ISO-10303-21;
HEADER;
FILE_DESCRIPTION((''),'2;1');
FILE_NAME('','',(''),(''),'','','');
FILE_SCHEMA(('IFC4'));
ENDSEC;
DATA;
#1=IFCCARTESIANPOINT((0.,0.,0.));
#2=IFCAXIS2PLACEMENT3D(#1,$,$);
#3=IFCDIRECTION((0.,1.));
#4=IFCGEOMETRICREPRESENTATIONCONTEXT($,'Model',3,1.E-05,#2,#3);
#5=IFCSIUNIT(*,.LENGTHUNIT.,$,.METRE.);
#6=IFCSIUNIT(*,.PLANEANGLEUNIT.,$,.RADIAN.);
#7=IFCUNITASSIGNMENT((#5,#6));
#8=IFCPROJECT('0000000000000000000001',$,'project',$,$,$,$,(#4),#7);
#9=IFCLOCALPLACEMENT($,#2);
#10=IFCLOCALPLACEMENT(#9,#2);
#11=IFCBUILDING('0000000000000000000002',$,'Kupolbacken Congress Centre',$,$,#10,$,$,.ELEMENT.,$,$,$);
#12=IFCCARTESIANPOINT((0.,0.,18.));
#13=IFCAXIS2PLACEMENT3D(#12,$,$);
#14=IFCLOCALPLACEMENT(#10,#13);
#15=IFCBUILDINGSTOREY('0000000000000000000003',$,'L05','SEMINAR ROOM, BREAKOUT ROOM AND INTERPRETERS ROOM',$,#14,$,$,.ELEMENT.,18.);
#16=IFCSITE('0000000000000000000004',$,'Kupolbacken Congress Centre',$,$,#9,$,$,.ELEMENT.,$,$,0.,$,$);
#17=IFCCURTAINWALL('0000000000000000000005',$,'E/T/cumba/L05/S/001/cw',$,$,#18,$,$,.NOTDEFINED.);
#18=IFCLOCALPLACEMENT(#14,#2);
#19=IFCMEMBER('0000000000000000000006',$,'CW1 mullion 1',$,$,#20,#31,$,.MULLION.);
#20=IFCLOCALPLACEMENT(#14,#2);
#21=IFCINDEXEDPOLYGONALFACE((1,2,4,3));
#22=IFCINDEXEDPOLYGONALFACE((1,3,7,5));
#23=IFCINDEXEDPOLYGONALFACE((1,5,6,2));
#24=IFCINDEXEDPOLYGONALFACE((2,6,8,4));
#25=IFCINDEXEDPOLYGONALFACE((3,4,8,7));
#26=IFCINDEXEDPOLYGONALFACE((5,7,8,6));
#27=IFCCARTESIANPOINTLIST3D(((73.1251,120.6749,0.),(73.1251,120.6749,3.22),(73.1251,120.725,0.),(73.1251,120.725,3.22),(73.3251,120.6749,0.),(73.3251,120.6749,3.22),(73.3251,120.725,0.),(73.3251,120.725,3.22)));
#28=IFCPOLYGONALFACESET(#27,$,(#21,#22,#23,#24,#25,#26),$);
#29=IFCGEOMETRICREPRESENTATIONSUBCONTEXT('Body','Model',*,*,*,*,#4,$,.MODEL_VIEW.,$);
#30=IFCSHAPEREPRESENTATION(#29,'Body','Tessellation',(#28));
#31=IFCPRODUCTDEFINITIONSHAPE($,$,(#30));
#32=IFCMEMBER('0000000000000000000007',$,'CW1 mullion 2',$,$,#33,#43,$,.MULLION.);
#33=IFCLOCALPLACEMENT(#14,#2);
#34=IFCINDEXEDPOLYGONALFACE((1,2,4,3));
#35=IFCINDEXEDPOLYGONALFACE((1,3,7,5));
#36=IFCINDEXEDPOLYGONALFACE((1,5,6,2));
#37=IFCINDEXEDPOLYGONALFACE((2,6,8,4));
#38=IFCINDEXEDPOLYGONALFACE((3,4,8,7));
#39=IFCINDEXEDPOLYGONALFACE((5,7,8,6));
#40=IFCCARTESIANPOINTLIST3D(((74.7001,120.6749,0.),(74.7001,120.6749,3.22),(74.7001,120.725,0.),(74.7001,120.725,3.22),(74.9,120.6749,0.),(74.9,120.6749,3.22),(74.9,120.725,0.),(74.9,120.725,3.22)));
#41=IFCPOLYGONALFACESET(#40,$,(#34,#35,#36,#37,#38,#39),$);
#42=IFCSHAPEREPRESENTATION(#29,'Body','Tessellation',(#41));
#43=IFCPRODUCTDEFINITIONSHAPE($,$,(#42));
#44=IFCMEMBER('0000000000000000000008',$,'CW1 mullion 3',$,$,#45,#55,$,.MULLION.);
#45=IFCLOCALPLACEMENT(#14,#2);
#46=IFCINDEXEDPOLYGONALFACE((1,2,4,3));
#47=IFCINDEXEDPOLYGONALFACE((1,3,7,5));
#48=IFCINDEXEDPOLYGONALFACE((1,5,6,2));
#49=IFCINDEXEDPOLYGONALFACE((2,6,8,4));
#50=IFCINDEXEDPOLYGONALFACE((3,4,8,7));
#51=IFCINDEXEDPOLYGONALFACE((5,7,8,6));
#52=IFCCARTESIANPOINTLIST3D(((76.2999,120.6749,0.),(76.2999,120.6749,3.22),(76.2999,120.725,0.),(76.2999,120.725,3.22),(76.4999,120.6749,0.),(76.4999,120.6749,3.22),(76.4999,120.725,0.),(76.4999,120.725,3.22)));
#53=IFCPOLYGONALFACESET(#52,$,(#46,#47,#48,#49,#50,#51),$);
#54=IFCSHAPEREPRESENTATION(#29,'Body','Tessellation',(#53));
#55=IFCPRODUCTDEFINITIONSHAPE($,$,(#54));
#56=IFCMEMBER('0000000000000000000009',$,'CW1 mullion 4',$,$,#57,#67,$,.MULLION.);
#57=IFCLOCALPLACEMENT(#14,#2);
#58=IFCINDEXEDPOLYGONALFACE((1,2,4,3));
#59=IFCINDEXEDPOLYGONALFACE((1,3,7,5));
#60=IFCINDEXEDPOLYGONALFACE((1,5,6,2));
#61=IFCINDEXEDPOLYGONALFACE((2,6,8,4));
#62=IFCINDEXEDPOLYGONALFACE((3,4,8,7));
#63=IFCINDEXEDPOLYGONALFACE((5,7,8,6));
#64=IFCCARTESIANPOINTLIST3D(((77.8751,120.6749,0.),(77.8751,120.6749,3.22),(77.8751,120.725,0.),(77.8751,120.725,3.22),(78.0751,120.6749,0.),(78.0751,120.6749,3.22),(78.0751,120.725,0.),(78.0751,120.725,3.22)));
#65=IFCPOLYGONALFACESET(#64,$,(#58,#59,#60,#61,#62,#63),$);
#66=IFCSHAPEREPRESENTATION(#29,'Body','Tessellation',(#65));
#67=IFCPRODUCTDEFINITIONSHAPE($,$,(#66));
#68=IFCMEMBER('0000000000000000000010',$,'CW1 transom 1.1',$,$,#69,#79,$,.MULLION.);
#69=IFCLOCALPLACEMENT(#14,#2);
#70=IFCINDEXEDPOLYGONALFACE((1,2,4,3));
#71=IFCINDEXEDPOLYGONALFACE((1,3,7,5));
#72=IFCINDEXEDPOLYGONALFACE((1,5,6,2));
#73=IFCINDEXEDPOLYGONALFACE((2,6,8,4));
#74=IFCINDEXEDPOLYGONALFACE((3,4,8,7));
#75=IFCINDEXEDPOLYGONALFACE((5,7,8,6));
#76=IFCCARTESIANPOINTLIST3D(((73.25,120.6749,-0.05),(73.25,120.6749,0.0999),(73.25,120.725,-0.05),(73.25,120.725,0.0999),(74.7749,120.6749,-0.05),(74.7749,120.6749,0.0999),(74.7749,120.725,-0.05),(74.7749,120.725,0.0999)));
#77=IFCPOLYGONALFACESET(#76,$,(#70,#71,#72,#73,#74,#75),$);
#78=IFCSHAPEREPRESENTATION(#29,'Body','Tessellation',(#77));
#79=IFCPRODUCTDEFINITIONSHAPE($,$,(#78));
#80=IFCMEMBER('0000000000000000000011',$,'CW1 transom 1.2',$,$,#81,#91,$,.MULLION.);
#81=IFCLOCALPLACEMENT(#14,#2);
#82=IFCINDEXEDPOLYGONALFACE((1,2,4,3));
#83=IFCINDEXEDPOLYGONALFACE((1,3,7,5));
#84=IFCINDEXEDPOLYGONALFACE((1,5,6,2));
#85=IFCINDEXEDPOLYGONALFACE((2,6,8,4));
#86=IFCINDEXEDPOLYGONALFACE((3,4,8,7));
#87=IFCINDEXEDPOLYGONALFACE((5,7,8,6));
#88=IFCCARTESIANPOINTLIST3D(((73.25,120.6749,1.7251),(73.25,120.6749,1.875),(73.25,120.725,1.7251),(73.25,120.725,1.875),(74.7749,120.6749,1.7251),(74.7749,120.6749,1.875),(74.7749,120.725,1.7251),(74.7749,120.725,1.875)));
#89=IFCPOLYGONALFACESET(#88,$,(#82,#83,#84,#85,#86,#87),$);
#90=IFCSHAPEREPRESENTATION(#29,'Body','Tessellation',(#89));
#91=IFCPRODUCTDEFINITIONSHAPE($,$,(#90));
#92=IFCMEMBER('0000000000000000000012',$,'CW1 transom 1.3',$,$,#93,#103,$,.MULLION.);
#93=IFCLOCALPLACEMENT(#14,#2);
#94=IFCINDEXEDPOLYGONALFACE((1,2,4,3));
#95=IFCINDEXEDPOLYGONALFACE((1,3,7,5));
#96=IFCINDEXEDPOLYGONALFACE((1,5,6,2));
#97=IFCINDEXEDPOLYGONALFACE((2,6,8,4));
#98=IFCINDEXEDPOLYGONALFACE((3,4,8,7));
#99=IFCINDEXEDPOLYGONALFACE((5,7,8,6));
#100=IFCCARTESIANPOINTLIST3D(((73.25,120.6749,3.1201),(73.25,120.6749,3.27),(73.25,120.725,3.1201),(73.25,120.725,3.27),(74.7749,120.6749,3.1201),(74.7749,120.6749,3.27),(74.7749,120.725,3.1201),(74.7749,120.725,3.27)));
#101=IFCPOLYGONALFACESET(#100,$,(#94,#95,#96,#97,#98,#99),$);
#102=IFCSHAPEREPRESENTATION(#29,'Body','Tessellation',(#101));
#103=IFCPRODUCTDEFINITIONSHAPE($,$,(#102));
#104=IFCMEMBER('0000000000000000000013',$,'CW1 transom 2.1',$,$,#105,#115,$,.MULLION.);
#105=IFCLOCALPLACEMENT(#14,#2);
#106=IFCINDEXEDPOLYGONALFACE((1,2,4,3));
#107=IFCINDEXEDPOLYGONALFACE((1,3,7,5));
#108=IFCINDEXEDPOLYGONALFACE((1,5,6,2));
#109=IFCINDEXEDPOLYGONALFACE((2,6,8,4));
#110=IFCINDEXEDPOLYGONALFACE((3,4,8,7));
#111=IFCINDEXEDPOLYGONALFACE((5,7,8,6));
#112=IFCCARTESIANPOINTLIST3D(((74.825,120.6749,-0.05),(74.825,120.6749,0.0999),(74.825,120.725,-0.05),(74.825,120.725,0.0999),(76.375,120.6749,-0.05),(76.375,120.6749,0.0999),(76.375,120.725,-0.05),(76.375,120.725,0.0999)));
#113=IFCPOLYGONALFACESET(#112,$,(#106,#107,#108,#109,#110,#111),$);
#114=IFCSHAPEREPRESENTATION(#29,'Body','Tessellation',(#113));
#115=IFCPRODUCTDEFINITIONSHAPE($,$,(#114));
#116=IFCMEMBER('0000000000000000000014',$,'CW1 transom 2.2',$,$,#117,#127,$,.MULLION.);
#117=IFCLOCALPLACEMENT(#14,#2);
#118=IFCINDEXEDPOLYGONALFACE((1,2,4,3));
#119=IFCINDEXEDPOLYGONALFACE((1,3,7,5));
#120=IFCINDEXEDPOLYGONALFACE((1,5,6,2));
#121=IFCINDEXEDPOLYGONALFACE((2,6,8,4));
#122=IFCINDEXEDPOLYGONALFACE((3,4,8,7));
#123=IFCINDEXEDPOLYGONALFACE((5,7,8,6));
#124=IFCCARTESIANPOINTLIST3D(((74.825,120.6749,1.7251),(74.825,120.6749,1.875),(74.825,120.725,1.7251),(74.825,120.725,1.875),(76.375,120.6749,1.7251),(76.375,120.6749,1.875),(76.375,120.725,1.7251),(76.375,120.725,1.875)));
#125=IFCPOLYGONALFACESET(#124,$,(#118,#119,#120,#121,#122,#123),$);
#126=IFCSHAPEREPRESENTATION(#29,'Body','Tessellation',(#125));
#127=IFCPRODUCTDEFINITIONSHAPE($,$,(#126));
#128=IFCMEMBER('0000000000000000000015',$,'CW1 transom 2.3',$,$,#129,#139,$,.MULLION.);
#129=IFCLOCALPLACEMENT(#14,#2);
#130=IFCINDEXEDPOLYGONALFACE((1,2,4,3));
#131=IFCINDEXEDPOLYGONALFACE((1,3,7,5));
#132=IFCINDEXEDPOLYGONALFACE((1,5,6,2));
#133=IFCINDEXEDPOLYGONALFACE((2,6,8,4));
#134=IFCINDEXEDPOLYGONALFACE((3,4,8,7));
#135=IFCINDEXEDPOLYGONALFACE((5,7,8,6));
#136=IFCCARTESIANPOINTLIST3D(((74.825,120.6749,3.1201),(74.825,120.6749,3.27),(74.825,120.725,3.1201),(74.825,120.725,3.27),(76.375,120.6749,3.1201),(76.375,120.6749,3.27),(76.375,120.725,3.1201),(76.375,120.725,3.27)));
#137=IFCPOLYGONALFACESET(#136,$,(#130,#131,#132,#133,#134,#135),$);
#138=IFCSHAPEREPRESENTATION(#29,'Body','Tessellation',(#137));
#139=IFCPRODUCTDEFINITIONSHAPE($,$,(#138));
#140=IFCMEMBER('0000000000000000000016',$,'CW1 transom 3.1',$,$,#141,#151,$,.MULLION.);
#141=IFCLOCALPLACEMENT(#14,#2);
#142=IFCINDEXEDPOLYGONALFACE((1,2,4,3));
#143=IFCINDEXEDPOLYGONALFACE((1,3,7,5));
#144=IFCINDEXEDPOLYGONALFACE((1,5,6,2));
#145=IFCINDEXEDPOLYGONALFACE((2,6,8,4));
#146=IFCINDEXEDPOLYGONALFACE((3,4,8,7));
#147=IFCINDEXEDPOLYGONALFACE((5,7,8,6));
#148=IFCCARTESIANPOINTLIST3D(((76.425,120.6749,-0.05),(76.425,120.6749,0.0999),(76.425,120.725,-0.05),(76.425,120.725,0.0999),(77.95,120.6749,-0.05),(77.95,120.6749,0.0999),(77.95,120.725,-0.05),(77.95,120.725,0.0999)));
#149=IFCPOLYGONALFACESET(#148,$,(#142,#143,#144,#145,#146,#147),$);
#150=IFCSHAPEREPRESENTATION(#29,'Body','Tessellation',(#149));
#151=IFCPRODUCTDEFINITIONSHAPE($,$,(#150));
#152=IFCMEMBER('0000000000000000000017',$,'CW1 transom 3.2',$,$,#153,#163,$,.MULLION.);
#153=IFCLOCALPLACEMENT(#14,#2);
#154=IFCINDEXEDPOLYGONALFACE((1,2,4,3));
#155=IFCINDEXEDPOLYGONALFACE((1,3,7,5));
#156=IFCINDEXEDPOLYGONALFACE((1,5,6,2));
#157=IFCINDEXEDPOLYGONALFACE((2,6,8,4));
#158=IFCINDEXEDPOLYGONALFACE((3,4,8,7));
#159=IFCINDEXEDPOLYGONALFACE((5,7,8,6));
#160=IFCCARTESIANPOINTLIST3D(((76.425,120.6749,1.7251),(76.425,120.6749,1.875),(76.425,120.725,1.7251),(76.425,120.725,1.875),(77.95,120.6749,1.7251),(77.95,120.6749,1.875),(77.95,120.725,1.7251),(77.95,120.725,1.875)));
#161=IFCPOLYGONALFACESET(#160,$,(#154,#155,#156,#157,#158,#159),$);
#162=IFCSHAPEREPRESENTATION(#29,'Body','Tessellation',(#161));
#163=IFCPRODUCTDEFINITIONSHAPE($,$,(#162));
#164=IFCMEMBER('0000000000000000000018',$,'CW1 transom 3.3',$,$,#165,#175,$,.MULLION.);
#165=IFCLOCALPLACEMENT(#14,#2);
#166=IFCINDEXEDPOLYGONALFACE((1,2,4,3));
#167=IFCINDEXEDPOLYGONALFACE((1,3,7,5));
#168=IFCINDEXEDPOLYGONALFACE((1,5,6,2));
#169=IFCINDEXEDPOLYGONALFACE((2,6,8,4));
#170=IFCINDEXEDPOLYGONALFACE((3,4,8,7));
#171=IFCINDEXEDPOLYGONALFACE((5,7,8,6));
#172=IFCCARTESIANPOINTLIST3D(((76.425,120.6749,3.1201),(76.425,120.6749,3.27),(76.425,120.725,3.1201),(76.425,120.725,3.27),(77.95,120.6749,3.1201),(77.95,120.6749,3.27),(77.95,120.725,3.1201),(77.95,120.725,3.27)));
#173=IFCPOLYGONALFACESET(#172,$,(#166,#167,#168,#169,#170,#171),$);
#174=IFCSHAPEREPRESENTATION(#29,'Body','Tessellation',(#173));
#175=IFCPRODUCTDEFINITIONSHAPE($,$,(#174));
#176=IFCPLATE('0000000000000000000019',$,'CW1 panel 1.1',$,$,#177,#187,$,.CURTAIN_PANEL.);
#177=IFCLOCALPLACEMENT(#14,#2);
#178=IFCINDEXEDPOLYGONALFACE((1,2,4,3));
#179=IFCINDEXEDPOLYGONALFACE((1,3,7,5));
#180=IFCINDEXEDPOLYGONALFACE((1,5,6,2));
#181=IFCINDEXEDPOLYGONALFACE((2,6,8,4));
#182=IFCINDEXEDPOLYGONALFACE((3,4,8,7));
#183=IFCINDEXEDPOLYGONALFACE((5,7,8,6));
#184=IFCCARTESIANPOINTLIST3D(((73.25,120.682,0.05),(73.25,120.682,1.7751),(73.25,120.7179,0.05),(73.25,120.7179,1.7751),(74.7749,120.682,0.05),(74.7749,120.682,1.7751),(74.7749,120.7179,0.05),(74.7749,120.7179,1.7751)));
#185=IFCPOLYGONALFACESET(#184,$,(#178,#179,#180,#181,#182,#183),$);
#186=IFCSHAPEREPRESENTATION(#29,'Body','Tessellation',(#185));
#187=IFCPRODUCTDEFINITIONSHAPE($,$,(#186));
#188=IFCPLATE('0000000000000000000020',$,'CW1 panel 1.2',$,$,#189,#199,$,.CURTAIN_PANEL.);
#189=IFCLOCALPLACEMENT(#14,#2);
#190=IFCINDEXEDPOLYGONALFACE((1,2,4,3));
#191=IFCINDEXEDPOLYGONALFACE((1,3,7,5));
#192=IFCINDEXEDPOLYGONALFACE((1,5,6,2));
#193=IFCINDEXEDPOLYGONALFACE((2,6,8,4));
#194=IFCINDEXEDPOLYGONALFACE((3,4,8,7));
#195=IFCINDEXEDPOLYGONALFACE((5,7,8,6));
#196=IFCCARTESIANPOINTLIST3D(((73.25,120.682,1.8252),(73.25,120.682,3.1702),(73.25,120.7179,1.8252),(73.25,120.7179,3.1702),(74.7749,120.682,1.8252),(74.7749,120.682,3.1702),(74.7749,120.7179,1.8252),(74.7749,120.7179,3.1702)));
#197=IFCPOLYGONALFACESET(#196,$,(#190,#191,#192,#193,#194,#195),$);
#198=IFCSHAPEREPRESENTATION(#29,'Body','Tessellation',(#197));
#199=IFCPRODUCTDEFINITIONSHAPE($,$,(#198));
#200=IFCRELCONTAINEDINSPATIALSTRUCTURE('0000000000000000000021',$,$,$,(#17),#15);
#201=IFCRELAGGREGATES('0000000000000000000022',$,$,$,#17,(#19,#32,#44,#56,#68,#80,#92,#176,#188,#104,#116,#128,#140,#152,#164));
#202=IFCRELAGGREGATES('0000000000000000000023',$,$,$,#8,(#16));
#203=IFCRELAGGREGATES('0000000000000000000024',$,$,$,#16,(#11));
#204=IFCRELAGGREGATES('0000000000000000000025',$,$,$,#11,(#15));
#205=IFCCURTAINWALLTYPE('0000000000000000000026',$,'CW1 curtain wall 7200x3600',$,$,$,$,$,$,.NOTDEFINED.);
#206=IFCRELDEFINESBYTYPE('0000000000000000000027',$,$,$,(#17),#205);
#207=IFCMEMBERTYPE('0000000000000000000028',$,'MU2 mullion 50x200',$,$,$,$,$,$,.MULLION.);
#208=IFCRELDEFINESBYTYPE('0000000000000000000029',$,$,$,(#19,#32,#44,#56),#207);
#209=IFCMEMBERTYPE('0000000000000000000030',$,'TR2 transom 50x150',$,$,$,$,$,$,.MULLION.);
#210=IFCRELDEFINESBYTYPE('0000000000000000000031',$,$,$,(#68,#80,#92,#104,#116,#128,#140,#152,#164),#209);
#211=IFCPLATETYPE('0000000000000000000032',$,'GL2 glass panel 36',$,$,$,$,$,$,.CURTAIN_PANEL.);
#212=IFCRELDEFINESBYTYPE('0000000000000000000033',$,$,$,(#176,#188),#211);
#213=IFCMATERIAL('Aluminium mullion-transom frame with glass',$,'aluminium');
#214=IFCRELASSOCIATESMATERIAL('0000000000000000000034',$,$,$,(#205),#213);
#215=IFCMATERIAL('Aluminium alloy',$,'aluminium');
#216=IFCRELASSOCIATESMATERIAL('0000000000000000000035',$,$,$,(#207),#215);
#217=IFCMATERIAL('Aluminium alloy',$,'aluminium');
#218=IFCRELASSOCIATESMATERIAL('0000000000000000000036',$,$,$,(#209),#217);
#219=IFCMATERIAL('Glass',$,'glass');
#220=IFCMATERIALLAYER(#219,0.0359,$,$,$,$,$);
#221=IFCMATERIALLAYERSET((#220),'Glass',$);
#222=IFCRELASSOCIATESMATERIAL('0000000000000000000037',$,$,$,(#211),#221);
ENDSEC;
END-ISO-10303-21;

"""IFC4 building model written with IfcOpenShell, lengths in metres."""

from ifc_helpers import new_model, si_unit, direction, frame, origin, origin_2d, place, context, subcontext, project, spatial, rectangle, extrude, material, layer, layer_set, material_profile, profile_set, type_object, element, aggregate, save


model = new_model("IFC4")

# Units and contexts
model_context = context("Model", 3, precision=1e-05, world=origin(), true_north=direction((0.0, 1.0)))
body_context = subcontext(model_context, "Body", "Model", "MODEL_VIEW")
ifc_project = project(units=[si_unit("LENGTHUNIT", "METRE"), si_unit("PLANEANGLEUNIT", "RADIAN")], contexts=[model_context])

# Site, building, storey
site_placement = place(None, origin())
site = spatial("IfcSite", under=ifc_project, at=site_placement, Name="Kupolbacken Congress Centre", CompositionType="ELEMENT", RefElevation=0.0)
building_placement = place(site_placement, origin())
building = spatial("IfcBuilding", under=site, at=building_placement, Name="Kupolbacken Congress Centre", CompositionType="ELEMENT")
storey_placement = place(building_placement, frame((0.0, 0.0, 18.0)))
storey = spatial("IfcBuildingStorey", under=building, at=storey_placement, Name="L05", Description="SEMINAR ROOM, BREAKOUT ROOM AND INTERPRETERS ROOM", CompositionType="ELEMENT", Elevation=18.0)

# Curtain wall, members, plates
ifc_material_1 = material(Name="Aluminium mullion-transom frame with glass", Category="aluminium")
curtain_wall_type = type_object("IfcCurtainWallType", Name="CW1 curtain wall 7200x3600", PredefinedType="NOTDEFINED", material=ifc_material_1)
curtain_wall_placement = place(storey_placement, origin())
curtain_wall = element("IfcCurtainWall", 1, at=curtain_wall_placement, inside=storey, type_object=curtain_wall_type, Name="E/T/cumba/L05/S/001/cw", PredefinedType="NOTDEFINED")
ifc_material_2 = material(Name="Aluminium alloy", Category="aluminium")
ifc_material_profile_1 = material_profile(ifc_material_2, rectangle(XDim=0.05, YDim=0.2, at=origin_2d()), Name="50 x 200")
ifc_profile_set_1 = profile_set([ifc_material_profile_1], Name="Aluminium alloy")
member_type_1 = type_object("IfcMemberType", Name="MU2 mullion 50x200", PredefinedType="MULLION", material=ifc_profile_set_1)
member_1_placement = place(storey_placement, frame((73.2251, 120.7, 0.0), z_axis=(0.0, 0.0, 1.0), x_axis=(0.0, 1.0, 0.0)))
member_1 = element("IfcMember", 2, at=member_1_placement, type_object=member_type_1, Name="CW1 mullion 1", PredefinedType="MULLION", context=body_context, shape_type="SweptSolid", body=[
    extrude(rectangle(XDim=0.05, YDim=0.2, at=origin_2d()), origin(), (0.0, 0.0, 1.0), 3.22),
])
member_2_placement = place(storey_placement, frame((74.8, 120.7, 0.0), z_axis=(0.0, 0.0, 1.0), x_axis=(0.0, 1.0, 0.0)))
member_2 = element("IfcMember", 3, at=member_2_placement, type_object=member_type_1, Name="CW1 mullion 2", PredefinedType="MULLION", context=body_context, shape_type="SweptSolid", body=[
    extrude(rectangle(XDim=0.05, YDim=0.2, at=origin_2d()), origin(), (0.0, 0.0, 1.0), 3.22),
])
member_3_placement = place(storey_placement, frame((76.3999, 120.7, 0.0), z_axis=(0.0, 0.0, 1.0), x_axis=(0.0, 1.0, 0.0)))
member_3 = element("IfcMember", 4, at=member_3_placement, type_object=member_type_1, Name="CW1 mullion 3", PredefinedType="MULLION", context=body_context, shape_type="SweptSolid", body=[
    extrude(rectangle(XDim=0.05, YDim=0.2, at=origin_2d()), origin(), (0.0, 0.0, 1.0), 3.22),
])
member_4_placement = place(storey_placement, frame((77.9751, 120.7, 0.0), z_axis=(0.0, 0.0, 1.0), x_axis=(0.0, 1.0, 0.0)))
member_4 = element("IfcMember", 5, at=member_4_placement, type_object=member_type_1, Name="CW1 mullion 4", PredefinedType="MULLION", context=body_context, shape_type="SweptSolid", body=[
    extrude(rectangle(XDim=0.05, YDim=0.2, at=origin_2d()), origin(), (0.0, 0.0, 1.0), 3.22),
])
ifc_material_3 = material(Name="Aluminium alloy", Category="aluminium")
ifc_material_profile_2 = material_profile(ifc_material_3, rectangle(XDim=0.05, YDim=0.1499, at=origin_2d()), Name="50 x 150")
ifc_profile_set_2 = profile_set([ifc_material_profile_2], Name="Aluminium alloy")
member_type_2 = type_object("IfcMemberType", Name="TR2 transom 50x150", PredefinedType="MULLION", material=ifc_profile_set_2)
member_5_placement = place(storey_placement, frame((73.25, 120.7, 0.0249), z_axis=(1.0, 0.0, 0.0), x_axis=(0.0, 1.0, 0.0)))
member_5 = element("IfcMember", 6, at=member_5_placement, type_object=member_type_2, Name="CW1 transom 1.1", PredefinedType="MULLION", context=body_context, shape_type="SweptSolid", body=[
    extrude(rectangle(XDim=0.05, YDim=0.1499, at=origin_2d()), origin(), (0.0, 0.0, 1.0), 1.5249),
])
member_6_placement = place(storey_placement, frame((73.25, 120.7, 1.8), z_axis=(1.0, 0.0, 0.0), x_axis=(0.0, 1.0, 0.0)))
member_6 = element("IfcMember", 7, at=member_6_placement, type_object=member_type_2, Name="CW1 transom 1.2", PredefinedType="MULLION", context=body_context, shape_type="SweptSolid", body=[
    extrude(rectangle(XDim=0.05, YDim=0.1499, at=origin_2d()), origin(), (0.0, 0.0, 1.0), 1.5249),
])
member_7_placement = place(storey_placement, frame((73.25, 120.7, 3.1951), z_axis=(1.0, 0.0, 0.0), x_axis=(0.0, 1.0, 0.0)))
member_7 = element("IfcMember", 8, at=member_7_placement, type_object=member_type_2, Name="CW1 transom 1.3", PredefinedType="MULLION", context=body_context, shape_type="SweptSolid", body=[
    extrude(rectangle(XDim=0.05, YDim=0.1499, at=origin_2d()), origin(), (0.0, 0.0, 1.0), 1.5249),
])
member_8_placement = place(storey_placement, frame((74.825, 120.7, 0.0249), z_axis=(1.0, 0.0, 0.0), x_axis=(0.0, 1.0, 0.0)))
member_8 = element("IfcMember", 9, at=member_8_placement, type_object=member_type_2, Name="CW1 transom 2.1", PredefinedType="MULLION", context=body_context, shape_type="SweptSolid", body=[
    extrude(rectangle(XDim=0.05, YDim=0.1499, at=origin_2d()), origin(), (0.0, 0.0, 1.0), 1.55),
])
member_9_placement = place(storey_placement, frame((74.825, 120.7, 1.8), z_axis=(1.0, 0.0, 0.0), x_axis=(0.0, 1.0, 0.0)))
member_9 = element("IfcMember", 10, at=member_9_placement, type_object=member_type_2, Name="CW1 transom 2.2", PredefinedType="MULLION", context=body_context, shape_type="SweptSolid", body=[
    extrude(rectangle(XDim=0.05, YDim=0.1499, at=origin_2d()), origin(), (0.0, 0.0, 1.0), 1.55),
])
member_10_placement = place(storey_placement, frame((74.825, 120.7, 3.1951), z_axis=(1.0, 0.0, 0.0), x_axis=(0.0, 1.0, 0.0)))
member_10 = element("IfcMember", 11, at=member_10_placement, type_object=member_type_2, Name="CW1 transom 2.3", PredefinedType="MULLION", context=body_context, shape_type="SweptSolid", body=[
    extrude(rectangle(XDim=0.05, YDim=0.1499, at=origin_2d()), origin(), (0.0, 0.0, 1.0), 1.55),
])
member_11_placement = place(storey_placement, frame((76.425, 120.7, 0.0249), z_axis=(1.0, 0.0, 0.0), x_axis=(0.0, 1.0, 0.0)))
member_11 = element("IfcMember", 12, at=member_11_placement, type_object=member_type_2, Name="CW1 transom 3.1", PredefinedType="MULLION", context=body_context, shape_type="SweptSolid", body=[
    extrude(rectangle(XDim=0.05, YDim=0.1499, at=origin_2d()), origin(), (0.0, 0.0, 1.0), 1.5249),
])
member_12_placement = place(storey_placement, frame((76.425, 120.7, 1.8), z_axis=(1.0, 0.0, 0.0), x_axis=(0.0, 1.0, 0.0)))
member_12 = element("IfcMember", 13, at=member_12_placement, type_object=member_type_2, Name="CW1 transom 3.2", PredefinedType="MULLION", context=body_context, shape_type="SweptSolid", body=[
    extrude(rectangle(XDim=0.05, YDim=0.1499, at=origin_2d()), origin(), (0.0, 0.0, 1.0), 1.5249),
])
member_13_placement = place(storey_placement, frame((76.425, 120.7, 3.1951), z_axis=(1.0, 0.0, 0.0), x_axis=(0.0, 1.0, 0.0)))
member_13 = element("IfcMember", 14, at=member_13_placement, type_object=member_type_2, Name="CW1 transom 3.3", PredefinedType="MULLION", context=body_context, shape_type="SweptSolid", body=[
    extrude(rectangle(XDim=0.05, YDim=0.1499, at=origin_2d()), origin(), (0.0, 0.0, 1.0), 1.5249),
])
ifc_material_4 = material(Name="Glass", Category="glass")
ifc_layer_1 = layer(ifc_material_4, 0.0359)
ifc_layer_set_1 = layer_set([ifc_layer_1], Name="Glass")
plate_type = type_object("IfcPlateType", Name="GL2 glass panel 36", PredefinedType="CURTAIN_PANEL", material=ifc_layer_set_1)
plate_1_placement = place(storey_placement, frame((74.0125, 120.7, 0.05), z_axis=(0.0, 0.0, 1.0), x_axis=(1.0, 0.0, 0.0)))
plate_1 = element("IfcPlate", 15, at=plate_1_placement, type_object=plate_type, Name="CW1 panel 1.1", PredefinedType="CURTAIN_PANEL", context=body_context, shape_type="SweptSolid", body=[
    extrude(rectangle(XDim=1.5249, YDim=0.0359, at=origin_2d()), origin(), (0.0, 0.0, 1.0), 1.7251),
])
plate_2_placement = place(storey_placement, frame((74.0125, 120.7, 1.8252), z_axis=(0.0, 0.0, 1.0), x_axis=(1.0, 0.0, 0.0)))
plate_2 = element("IfcPlate", 16, at=plate_2_placement, type_object=plate_type, Name="CW1 panel 1.2", PredefinedType="CURTAIN_PANEL", context=body_context, shape_type="SweptSolid", body=[
    extrude(rectangle(XDim=1.5249, YDim=0.0359, at=origin_2d()), origin(), (0.0, 0.0, 1.0), 1.345),
])
aggregate(curtain_wall, [member_1, member_2, member_3, member_4, member_5, member_6, member_7, plate_1, plate_2, member_8, member_9, member_10, member_11, member_12, member_13])

save(model, "model.ifc")
